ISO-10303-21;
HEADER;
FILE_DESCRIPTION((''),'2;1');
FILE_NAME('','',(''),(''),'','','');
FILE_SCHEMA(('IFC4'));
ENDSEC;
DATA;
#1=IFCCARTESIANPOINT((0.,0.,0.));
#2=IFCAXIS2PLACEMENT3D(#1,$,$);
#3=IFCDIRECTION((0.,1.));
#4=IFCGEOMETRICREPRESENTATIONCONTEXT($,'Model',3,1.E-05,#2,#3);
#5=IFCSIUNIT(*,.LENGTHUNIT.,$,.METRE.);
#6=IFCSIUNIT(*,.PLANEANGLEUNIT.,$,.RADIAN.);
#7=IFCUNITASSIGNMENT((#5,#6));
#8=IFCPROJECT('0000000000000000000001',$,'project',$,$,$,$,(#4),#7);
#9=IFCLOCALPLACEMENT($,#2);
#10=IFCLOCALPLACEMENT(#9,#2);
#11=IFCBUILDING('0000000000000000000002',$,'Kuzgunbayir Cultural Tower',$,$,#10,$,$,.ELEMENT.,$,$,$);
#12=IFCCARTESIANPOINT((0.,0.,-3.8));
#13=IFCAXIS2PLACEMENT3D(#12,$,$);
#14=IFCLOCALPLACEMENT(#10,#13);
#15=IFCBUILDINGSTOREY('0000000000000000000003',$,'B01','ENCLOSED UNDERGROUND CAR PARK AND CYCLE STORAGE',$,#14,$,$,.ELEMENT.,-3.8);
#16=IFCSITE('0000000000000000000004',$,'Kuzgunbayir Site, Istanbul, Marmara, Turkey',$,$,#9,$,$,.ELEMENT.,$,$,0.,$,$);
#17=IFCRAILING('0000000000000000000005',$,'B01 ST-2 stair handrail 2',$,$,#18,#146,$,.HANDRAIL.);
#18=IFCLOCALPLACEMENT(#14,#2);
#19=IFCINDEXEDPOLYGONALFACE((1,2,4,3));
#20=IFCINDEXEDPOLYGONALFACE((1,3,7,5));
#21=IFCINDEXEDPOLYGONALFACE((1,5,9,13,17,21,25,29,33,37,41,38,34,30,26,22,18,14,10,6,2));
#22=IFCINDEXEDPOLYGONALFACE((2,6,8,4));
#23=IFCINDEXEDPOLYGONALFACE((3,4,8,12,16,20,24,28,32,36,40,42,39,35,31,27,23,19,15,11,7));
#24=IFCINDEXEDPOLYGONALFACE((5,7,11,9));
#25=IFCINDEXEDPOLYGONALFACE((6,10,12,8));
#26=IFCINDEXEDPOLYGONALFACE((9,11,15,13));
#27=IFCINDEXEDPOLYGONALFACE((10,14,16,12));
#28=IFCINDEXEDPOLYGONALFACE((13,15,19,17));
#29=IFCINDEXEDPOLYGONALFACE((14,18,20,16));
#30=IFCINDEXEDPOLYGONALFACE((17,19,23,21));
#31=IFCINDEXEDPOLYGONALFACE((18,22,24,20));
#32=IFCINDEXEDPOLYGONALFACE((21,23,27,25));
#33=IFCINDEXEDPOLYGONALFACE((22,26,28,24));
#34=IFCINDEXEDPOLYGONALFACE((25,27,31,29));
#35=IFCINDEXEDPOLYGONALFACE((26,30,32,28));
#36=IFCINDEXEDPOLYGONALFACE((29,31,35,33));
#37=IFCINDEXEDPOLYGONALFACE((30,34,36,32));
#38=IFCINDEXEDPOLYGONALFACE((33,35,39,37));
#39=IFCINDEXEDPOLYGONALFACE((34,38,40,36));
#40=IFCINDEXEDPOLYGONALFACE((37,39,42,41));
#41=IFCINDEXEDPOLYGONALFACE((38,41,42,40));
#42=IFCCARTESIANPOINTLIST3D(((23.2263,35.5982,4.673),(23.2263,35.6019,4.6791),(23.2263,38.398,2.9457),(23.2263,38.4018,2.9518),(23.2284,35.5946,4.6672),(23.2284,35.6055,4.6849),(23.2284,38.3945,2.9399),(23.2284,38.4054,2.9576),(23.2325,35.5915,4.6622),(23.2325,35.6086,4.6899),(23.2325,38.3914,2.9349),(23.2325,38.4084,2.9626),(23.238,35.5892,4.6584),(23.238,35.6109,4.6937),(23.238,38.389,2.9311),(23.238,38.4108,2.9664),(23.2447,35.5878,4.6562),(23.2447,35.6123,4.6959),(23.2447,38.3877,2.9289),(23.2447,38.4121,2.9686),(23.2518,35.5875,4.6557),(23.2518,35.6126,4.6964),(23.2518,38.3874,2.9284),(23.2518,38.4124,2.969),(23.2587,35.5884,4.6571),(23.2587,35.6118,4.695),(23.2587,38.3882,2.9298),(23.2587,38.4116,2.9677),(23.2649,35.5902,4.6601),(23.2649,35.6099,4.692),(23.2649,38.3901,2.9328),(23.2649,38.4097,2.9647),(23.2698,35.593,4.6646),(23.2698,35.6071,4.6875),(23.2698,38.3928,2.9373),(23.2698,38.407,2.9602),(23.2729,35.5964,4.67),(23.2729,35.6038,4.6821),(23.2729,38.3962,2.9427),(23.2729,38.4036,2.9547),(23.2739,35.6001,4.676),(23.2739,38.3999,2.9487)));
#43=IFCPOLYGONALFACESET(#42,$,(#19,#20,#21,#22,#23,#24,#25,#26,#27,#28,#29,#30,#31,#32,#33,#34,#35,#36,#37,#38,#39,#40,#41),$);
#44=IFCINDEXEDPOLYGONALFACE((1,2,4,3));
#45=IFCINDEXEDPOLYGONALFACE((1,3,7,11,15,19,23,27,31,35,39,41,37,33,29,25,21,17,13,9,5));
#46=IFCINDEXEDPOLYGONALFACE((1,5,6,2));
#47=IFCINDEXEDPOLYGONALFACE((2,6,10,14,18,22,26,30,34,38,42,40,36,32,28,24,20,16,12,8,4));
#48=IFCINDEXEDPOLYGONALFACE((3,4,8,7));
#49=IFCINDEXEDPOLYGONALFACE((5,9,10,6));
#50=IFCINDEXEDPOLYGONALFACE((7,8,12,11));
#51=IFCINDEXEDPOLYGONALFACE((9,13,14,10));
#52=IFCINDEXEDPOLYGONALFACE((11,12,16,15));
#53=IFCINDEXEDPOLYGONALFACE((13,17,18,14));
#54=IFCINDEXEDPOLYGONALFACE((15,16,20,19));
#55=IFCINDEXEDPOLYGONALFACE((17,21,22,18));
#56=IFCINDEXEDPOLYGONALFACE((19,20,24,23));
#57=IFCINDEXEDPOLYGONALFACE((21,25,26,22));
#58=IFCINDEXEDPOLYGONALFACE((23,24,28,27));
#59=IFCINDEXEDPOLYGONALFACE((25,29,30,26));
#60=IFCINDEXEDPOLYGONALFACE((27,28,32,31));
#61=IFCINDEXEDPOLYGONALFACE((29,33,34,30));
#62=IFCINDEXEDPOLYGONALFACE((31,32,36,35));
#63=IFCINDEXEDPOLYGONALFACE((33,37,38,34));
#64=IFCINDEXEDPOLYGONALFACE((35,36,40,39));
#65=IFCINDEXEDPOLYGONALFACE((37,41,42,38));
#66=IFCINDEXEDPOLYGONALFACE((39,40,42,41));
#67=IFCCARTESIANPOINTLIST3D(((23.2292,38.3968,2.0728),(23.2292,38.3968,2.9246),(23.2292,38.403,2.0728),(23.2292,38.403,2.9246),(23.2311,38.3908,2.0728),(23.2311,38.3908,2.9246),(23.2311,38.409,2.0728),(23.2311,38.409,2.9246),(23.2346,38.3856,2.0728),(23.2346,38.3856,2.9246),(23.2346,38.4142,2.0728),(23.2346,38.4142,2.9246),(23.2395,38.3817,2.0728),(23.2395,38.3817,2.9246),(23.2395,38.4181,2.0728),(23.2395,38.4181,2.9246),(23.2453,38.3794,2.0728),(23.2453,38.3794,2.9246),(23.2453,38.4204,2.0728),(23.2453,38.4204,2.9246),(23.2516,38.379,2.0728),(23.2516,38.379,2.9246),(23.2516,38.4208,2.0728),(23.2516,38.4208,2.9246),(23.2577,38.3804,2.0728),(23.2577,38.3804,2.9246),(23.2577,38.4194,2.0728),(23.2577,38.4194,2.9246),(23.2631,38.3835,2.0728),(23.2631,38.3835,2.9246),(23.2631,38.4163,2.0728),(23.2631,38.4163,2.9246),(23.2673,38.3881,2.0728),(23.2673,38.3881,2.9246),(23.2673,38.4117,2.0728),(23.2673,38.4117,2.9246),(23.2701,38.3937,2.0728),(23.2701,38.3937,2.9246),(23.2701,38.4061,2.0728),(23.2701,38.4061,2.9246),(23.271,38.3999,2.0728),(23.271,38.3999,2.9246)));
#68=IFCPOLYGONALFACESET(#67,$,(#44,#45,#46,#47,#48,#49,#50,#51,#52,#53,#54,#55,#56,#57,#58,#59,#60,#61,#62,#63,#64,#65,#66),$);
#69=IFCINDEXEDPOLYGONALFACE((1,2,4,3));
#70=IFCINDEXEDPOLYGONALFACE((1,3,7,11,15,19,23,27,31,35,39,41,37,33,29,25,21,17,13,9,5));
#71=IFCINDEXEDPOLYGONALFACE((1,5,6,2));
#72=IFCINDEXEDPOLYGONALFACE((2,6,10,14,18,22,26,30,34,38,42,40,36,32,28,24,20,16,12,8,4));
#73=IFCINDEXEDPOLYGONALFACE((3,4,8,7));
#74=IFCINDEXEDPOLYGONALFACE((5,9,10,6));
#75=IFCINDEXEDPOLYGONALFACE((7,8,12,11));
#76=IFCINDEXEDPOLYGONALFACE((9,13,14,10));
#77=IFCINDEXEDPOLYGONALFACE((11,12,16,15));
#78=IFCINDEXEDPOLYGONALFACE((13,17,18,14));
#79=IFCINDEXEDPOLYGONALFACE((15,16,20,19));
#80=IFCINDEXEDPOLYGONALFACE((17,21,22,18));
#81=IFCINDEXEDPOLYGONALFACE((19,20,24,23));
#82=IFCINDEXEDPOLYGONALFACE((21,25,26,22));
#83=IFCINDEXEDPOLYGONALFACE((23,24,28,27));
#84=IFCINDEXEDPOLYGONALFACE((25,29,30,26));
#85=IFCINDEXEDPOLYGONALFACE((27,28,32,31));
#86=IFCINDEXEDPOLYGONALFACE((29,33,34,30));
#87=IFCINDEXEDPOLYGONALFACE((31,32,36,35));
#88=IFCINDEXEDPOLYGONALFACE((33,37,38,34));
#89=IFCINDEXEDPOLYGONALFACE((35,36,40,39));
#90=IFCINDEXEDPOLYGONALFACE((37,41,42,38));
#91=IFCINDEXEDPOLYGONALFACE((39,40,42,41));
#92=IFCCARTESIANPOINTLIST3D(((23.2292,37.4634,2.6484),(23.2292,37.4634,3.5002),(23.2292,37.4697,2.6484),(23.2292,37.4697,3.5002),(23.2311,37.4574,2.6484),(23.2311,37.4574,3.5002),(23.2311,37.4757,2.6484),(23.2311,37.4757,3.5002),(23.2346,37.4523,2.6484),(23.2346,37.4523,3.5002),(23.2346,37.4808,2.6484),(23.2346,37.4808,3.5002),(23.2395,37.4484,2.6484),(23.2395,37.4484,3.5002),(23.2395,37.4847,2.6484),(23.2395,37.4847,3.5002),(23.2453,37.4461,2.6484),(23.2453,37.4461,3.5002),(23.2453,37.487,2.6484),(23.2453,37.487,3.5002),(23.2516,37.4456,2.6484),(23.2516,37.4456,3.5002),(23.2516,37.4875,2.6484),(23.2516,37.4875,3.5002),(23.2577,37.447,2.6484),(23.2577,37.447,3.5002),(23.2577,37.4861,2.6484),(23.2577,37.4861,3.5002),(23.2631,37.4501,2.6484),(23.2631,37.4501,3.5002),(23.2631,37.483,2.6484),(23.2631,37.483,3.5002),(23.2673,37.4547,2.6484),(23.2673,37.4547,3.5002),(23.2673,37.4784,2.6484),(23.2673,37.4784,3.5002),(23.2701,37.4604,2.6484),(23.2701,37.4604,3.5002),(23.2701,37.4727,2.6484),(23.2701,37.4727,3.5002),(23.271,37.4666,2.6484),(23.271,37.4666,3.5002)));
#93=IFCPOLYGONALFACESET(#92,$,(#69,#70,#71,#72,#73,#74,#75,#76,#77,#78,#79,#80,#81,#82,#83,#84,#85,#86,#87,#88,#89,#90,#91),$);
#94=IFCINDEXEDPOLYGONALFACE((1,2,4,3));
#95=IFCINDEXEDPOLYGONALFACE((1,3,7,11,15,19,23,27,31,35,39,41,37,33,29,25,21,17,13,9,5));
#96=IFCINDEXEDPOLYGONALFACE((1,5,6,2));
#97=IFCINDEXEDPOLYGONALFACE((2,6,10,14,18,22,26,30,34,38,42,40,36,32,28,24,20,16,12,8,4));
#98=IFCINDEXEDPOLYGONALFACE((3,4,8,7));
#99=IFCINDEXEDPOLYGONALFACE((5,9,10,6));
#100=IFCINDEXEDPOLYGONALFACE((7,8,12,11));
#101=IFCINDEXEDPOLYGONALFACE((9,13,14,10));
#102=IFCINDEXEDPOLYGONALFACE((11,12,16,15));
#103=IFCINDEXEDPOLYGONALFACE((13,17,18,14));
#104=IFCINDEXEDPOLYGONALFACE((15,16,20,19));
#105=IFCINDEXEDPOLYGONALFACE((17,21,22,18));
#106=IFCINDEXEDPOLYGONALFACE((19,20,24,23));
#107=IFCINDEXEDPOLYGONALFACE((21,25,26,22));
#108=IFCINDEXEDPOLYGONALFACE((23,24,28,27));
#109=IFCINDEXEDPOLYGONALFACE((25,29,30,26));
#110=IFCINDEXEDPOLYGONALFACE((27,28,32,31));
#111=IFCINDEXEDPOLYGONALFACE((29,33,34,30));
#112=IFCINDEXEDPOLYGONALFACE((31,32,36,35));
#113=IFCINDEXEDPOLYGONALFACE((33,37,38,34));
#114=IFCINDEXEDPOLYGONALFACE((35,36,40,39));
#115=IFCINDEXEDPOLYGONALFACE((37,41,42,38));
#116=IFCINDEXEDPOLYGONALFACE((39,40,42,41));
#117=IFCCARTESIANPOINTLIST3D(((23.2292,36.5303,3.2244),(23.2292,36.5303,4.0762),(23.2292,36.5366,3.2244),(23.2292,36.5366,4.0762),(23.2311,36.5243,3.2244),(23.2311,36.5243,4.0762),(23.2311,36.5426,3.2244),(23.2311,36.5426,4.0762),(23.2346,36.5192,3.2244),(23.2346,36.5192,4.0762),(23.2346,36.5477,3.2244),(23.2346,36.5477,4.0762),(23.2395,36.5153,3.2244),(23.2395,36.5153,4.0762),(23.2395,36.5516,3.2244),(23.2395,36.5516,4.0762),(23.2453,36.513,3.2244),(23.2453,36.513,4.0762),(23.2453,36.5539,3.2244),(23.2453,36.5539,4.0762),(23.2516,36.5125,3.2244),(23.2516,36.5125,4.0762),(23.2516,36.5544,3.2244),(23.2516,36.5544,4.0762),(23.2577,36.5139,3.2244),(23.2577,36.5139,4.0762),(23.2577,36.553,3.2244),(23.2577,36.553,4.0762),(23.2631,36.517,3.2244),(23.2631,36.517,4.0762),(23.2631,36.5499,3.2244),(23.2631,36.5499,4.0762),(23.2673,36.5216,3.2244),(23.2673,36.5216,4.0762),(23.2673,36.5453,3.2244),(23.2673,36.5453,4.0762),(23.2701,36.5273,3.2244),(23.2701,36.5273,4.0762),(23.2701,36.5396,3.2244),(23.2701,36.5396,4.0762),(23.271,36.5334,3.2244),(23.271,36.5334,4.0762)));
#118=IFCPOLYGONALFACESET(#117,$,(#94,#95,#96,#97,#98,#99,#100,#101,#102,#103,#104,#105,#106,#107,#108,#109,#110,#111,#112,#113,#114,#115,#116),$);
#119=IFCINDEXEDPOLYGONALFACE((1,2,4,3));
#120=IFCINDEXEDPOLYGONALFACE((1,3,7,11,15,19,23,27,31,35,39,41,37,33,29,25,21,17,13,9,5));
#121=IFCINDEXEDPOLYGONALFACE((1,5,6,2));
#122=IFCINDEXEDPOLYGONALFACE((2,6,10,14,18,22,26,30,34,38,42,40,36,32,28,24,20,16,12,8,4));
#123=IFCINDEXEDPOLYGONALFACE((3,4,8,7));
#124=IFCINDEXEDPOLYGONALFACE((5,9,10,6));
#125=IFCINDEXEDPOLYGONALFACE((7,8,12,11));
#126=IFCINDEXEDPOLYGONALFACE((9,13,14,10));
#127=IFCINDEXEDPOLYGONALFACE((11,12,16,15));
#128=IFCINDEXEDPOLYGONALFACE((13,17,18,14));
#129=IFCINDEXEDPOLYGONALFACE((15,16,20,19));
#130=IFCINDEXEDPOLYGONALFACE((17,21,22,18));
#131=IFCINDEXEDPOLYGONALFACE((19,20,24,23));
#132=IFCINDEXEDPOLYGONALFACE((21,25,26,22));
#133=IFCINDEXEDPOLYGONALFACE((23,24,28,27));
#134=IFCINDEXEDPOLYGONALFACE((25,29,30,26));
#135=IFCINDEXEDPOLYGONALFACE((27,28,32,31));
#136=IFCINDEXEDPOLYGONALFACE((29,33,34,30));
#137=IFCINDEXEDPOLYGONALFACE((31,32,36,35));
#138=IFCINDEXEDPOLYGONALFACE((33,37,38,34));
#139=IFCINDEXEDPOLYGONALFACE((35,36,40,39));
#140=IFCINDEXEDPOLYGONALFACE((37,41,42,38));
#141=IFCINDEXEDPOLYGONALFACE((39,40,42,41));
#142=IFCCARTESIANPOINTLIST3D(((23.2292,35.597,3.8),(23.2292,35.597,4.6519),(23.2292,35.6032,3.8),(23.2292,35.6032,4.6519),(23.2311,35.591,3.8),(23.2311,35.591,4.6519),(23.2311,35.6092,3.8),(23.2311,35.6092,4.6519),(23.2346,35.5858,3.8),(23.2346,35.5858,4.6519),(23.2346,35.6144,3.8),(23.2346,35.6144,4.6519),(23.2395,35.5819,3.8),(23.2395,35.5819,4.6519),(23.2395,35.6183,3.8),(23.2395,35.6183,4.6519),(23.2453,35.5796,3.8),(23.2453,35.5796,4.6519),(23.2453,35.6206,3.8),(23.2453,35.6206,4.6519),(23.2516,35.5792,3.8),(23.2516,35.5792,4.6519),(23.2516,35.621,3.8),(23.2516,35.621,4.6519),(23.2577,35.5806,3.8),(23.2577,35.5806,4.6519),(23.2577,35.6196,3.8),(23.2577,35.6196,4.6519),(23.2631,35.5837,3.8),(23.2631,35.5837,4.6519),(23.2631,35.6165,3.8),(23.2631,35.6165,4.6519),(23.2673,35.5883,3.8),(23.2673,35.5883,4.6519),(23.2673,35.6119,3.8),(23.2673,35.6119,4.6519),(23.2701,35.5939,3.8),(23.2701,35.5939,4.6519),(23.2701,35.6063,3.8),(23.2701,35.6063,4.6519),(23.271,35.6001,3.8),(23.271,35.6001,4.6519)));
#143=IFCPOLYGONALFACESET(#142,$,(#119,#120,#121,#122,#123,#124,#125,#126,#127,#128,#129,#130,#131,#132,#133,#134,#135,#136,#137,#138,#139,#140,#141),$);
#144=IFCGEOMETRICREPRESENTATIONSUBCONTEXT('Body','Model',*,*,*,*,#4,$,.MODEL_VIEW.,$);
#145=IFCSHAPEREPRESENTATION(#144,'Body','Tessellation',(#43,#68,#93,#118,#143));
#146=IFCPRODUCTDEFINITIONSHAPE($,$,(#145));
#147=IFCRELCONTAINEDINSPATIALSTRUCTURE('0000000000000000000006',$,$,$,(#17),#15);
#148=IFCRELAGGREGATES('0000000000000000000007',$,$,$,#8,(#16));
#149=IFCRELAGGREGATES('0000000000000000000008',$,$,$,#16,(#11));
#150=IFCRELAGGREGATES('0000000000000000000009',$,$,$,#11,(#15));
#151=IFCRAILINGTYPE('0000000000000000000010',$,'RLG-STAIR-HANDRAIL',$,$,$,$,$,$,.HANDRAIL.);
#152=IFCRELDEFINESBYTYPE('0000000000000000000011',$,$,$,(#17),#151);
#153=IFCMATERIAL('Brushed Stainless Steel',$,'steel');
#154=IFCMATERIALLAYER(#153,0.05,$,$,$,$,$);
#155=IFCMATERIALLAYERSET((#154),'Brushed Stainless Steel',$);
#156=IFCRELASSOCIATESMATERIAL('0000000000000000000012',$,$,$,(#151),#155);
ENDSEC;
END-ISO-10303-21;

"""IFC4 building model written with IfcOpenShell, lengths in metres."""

from ifc_helpers import new_model, si_unit, direction, frame, origin, origin_2d, place, context, subcontext, project, spatial, circle, extrude, material, layer, layer_set, type_object, element, save


model = new_model("IFC4")

# Units and contexts
model_context = context("Model", 3, precision=1e-05, world=origin(), true_north=direction((0.0, 1.0)))
body_context = subcontext(model_context, "Body", "Model", "MODEL_VIEW")
ifc_project = project(units=[si_unit("LENGTHUNIT", "METRE"), si_unit("PLANEANGLEUNIT", "RADIAN")], contexts=[model_context])

# Site, building, storey
site_placement = place(None, origin())
site = spatial("IfcSite", under=ifc_project, at=site_placement, Name="Kuzgunbayir Site, Istanbul, Marmara, Turkey", CompositionType="ELEMENT", RefElevation=0.0)
building_placement = place(site_placement, origin())
building = spatial("IfcBuilding", under=site, at=building_placement, Name="Kuzgunbayir Cultural Tower", CompositionType="ELEMENT")
storey_placement = place(building_placement, frame((0.0, 0.0, -3.8)))
storey = spatial("IfcBuildingStorey", under=building, at=storey_placement, Name="B01", Description="ENCLOSED UNDERGROUND CAR PARK AND CYCLE STORAGE", CompositionType="ELEMENT", Elevation=-3.8)

# Shared definitions
ifc_material_1 = material(Name="Brushed Stainless Steel", Category="steel")

# Railing
ifc_layer_1 = layer(ifc_material_1, 0.05)
ifc_layer_set_1 = layer_set([ifc_layer_1], Name="Brushed Stainless Steel")
railing_type = type_object("IfcRailingType", Name="RLG-STAIR-HANDRAIL", PredefinedType="HANDRAIL", material=ifc_layer_set_1)
railing_placement = place(storey_placement, frame((23.25, 38.3999, 2.0728)))
element("IfcRailing", 1, at=railing_placement, inside=storey, type_object=railing_type, Name="B01 ST-2 stair handrail 2", PredefinedType="HANDRAIL", context=body_context, shape_type="SweptSolid", body=[
    extrude(circle(Radius=0.0239, at=origin_2d()), frame((0.0, 0.0, 0.876), z_axis=(0.0, -0.851069, 0.525054), x_axis=(1.0, 0.0, 0.0)), (0.0, 0.0, 1.0), 3.2898),
    extrude(circle(Radius=0.021, at=origin_2d()), origin(), (0.0, 0.0, 1.0), 0.8518),
    extrude(circle(Radius=0.021, at=origin_2d()), frame((0.0, -0.9333, 0.5757)), (0.0, 0.0, 1.0), 0.8518),
    extrude(circle(Radius=0.021, at=origin_2d()), frame((0.0, -1.8665, 1.1516)), (0.0, 0.0, 1.0), 0.8518),
    extrude(circle(Radius=0.021, at=origin_2d()), frame((0.0, -2.7998, 1.7273)), (0.0, 0.0, 1.0), 0.8518),
])

save(model, "model.ifc")
